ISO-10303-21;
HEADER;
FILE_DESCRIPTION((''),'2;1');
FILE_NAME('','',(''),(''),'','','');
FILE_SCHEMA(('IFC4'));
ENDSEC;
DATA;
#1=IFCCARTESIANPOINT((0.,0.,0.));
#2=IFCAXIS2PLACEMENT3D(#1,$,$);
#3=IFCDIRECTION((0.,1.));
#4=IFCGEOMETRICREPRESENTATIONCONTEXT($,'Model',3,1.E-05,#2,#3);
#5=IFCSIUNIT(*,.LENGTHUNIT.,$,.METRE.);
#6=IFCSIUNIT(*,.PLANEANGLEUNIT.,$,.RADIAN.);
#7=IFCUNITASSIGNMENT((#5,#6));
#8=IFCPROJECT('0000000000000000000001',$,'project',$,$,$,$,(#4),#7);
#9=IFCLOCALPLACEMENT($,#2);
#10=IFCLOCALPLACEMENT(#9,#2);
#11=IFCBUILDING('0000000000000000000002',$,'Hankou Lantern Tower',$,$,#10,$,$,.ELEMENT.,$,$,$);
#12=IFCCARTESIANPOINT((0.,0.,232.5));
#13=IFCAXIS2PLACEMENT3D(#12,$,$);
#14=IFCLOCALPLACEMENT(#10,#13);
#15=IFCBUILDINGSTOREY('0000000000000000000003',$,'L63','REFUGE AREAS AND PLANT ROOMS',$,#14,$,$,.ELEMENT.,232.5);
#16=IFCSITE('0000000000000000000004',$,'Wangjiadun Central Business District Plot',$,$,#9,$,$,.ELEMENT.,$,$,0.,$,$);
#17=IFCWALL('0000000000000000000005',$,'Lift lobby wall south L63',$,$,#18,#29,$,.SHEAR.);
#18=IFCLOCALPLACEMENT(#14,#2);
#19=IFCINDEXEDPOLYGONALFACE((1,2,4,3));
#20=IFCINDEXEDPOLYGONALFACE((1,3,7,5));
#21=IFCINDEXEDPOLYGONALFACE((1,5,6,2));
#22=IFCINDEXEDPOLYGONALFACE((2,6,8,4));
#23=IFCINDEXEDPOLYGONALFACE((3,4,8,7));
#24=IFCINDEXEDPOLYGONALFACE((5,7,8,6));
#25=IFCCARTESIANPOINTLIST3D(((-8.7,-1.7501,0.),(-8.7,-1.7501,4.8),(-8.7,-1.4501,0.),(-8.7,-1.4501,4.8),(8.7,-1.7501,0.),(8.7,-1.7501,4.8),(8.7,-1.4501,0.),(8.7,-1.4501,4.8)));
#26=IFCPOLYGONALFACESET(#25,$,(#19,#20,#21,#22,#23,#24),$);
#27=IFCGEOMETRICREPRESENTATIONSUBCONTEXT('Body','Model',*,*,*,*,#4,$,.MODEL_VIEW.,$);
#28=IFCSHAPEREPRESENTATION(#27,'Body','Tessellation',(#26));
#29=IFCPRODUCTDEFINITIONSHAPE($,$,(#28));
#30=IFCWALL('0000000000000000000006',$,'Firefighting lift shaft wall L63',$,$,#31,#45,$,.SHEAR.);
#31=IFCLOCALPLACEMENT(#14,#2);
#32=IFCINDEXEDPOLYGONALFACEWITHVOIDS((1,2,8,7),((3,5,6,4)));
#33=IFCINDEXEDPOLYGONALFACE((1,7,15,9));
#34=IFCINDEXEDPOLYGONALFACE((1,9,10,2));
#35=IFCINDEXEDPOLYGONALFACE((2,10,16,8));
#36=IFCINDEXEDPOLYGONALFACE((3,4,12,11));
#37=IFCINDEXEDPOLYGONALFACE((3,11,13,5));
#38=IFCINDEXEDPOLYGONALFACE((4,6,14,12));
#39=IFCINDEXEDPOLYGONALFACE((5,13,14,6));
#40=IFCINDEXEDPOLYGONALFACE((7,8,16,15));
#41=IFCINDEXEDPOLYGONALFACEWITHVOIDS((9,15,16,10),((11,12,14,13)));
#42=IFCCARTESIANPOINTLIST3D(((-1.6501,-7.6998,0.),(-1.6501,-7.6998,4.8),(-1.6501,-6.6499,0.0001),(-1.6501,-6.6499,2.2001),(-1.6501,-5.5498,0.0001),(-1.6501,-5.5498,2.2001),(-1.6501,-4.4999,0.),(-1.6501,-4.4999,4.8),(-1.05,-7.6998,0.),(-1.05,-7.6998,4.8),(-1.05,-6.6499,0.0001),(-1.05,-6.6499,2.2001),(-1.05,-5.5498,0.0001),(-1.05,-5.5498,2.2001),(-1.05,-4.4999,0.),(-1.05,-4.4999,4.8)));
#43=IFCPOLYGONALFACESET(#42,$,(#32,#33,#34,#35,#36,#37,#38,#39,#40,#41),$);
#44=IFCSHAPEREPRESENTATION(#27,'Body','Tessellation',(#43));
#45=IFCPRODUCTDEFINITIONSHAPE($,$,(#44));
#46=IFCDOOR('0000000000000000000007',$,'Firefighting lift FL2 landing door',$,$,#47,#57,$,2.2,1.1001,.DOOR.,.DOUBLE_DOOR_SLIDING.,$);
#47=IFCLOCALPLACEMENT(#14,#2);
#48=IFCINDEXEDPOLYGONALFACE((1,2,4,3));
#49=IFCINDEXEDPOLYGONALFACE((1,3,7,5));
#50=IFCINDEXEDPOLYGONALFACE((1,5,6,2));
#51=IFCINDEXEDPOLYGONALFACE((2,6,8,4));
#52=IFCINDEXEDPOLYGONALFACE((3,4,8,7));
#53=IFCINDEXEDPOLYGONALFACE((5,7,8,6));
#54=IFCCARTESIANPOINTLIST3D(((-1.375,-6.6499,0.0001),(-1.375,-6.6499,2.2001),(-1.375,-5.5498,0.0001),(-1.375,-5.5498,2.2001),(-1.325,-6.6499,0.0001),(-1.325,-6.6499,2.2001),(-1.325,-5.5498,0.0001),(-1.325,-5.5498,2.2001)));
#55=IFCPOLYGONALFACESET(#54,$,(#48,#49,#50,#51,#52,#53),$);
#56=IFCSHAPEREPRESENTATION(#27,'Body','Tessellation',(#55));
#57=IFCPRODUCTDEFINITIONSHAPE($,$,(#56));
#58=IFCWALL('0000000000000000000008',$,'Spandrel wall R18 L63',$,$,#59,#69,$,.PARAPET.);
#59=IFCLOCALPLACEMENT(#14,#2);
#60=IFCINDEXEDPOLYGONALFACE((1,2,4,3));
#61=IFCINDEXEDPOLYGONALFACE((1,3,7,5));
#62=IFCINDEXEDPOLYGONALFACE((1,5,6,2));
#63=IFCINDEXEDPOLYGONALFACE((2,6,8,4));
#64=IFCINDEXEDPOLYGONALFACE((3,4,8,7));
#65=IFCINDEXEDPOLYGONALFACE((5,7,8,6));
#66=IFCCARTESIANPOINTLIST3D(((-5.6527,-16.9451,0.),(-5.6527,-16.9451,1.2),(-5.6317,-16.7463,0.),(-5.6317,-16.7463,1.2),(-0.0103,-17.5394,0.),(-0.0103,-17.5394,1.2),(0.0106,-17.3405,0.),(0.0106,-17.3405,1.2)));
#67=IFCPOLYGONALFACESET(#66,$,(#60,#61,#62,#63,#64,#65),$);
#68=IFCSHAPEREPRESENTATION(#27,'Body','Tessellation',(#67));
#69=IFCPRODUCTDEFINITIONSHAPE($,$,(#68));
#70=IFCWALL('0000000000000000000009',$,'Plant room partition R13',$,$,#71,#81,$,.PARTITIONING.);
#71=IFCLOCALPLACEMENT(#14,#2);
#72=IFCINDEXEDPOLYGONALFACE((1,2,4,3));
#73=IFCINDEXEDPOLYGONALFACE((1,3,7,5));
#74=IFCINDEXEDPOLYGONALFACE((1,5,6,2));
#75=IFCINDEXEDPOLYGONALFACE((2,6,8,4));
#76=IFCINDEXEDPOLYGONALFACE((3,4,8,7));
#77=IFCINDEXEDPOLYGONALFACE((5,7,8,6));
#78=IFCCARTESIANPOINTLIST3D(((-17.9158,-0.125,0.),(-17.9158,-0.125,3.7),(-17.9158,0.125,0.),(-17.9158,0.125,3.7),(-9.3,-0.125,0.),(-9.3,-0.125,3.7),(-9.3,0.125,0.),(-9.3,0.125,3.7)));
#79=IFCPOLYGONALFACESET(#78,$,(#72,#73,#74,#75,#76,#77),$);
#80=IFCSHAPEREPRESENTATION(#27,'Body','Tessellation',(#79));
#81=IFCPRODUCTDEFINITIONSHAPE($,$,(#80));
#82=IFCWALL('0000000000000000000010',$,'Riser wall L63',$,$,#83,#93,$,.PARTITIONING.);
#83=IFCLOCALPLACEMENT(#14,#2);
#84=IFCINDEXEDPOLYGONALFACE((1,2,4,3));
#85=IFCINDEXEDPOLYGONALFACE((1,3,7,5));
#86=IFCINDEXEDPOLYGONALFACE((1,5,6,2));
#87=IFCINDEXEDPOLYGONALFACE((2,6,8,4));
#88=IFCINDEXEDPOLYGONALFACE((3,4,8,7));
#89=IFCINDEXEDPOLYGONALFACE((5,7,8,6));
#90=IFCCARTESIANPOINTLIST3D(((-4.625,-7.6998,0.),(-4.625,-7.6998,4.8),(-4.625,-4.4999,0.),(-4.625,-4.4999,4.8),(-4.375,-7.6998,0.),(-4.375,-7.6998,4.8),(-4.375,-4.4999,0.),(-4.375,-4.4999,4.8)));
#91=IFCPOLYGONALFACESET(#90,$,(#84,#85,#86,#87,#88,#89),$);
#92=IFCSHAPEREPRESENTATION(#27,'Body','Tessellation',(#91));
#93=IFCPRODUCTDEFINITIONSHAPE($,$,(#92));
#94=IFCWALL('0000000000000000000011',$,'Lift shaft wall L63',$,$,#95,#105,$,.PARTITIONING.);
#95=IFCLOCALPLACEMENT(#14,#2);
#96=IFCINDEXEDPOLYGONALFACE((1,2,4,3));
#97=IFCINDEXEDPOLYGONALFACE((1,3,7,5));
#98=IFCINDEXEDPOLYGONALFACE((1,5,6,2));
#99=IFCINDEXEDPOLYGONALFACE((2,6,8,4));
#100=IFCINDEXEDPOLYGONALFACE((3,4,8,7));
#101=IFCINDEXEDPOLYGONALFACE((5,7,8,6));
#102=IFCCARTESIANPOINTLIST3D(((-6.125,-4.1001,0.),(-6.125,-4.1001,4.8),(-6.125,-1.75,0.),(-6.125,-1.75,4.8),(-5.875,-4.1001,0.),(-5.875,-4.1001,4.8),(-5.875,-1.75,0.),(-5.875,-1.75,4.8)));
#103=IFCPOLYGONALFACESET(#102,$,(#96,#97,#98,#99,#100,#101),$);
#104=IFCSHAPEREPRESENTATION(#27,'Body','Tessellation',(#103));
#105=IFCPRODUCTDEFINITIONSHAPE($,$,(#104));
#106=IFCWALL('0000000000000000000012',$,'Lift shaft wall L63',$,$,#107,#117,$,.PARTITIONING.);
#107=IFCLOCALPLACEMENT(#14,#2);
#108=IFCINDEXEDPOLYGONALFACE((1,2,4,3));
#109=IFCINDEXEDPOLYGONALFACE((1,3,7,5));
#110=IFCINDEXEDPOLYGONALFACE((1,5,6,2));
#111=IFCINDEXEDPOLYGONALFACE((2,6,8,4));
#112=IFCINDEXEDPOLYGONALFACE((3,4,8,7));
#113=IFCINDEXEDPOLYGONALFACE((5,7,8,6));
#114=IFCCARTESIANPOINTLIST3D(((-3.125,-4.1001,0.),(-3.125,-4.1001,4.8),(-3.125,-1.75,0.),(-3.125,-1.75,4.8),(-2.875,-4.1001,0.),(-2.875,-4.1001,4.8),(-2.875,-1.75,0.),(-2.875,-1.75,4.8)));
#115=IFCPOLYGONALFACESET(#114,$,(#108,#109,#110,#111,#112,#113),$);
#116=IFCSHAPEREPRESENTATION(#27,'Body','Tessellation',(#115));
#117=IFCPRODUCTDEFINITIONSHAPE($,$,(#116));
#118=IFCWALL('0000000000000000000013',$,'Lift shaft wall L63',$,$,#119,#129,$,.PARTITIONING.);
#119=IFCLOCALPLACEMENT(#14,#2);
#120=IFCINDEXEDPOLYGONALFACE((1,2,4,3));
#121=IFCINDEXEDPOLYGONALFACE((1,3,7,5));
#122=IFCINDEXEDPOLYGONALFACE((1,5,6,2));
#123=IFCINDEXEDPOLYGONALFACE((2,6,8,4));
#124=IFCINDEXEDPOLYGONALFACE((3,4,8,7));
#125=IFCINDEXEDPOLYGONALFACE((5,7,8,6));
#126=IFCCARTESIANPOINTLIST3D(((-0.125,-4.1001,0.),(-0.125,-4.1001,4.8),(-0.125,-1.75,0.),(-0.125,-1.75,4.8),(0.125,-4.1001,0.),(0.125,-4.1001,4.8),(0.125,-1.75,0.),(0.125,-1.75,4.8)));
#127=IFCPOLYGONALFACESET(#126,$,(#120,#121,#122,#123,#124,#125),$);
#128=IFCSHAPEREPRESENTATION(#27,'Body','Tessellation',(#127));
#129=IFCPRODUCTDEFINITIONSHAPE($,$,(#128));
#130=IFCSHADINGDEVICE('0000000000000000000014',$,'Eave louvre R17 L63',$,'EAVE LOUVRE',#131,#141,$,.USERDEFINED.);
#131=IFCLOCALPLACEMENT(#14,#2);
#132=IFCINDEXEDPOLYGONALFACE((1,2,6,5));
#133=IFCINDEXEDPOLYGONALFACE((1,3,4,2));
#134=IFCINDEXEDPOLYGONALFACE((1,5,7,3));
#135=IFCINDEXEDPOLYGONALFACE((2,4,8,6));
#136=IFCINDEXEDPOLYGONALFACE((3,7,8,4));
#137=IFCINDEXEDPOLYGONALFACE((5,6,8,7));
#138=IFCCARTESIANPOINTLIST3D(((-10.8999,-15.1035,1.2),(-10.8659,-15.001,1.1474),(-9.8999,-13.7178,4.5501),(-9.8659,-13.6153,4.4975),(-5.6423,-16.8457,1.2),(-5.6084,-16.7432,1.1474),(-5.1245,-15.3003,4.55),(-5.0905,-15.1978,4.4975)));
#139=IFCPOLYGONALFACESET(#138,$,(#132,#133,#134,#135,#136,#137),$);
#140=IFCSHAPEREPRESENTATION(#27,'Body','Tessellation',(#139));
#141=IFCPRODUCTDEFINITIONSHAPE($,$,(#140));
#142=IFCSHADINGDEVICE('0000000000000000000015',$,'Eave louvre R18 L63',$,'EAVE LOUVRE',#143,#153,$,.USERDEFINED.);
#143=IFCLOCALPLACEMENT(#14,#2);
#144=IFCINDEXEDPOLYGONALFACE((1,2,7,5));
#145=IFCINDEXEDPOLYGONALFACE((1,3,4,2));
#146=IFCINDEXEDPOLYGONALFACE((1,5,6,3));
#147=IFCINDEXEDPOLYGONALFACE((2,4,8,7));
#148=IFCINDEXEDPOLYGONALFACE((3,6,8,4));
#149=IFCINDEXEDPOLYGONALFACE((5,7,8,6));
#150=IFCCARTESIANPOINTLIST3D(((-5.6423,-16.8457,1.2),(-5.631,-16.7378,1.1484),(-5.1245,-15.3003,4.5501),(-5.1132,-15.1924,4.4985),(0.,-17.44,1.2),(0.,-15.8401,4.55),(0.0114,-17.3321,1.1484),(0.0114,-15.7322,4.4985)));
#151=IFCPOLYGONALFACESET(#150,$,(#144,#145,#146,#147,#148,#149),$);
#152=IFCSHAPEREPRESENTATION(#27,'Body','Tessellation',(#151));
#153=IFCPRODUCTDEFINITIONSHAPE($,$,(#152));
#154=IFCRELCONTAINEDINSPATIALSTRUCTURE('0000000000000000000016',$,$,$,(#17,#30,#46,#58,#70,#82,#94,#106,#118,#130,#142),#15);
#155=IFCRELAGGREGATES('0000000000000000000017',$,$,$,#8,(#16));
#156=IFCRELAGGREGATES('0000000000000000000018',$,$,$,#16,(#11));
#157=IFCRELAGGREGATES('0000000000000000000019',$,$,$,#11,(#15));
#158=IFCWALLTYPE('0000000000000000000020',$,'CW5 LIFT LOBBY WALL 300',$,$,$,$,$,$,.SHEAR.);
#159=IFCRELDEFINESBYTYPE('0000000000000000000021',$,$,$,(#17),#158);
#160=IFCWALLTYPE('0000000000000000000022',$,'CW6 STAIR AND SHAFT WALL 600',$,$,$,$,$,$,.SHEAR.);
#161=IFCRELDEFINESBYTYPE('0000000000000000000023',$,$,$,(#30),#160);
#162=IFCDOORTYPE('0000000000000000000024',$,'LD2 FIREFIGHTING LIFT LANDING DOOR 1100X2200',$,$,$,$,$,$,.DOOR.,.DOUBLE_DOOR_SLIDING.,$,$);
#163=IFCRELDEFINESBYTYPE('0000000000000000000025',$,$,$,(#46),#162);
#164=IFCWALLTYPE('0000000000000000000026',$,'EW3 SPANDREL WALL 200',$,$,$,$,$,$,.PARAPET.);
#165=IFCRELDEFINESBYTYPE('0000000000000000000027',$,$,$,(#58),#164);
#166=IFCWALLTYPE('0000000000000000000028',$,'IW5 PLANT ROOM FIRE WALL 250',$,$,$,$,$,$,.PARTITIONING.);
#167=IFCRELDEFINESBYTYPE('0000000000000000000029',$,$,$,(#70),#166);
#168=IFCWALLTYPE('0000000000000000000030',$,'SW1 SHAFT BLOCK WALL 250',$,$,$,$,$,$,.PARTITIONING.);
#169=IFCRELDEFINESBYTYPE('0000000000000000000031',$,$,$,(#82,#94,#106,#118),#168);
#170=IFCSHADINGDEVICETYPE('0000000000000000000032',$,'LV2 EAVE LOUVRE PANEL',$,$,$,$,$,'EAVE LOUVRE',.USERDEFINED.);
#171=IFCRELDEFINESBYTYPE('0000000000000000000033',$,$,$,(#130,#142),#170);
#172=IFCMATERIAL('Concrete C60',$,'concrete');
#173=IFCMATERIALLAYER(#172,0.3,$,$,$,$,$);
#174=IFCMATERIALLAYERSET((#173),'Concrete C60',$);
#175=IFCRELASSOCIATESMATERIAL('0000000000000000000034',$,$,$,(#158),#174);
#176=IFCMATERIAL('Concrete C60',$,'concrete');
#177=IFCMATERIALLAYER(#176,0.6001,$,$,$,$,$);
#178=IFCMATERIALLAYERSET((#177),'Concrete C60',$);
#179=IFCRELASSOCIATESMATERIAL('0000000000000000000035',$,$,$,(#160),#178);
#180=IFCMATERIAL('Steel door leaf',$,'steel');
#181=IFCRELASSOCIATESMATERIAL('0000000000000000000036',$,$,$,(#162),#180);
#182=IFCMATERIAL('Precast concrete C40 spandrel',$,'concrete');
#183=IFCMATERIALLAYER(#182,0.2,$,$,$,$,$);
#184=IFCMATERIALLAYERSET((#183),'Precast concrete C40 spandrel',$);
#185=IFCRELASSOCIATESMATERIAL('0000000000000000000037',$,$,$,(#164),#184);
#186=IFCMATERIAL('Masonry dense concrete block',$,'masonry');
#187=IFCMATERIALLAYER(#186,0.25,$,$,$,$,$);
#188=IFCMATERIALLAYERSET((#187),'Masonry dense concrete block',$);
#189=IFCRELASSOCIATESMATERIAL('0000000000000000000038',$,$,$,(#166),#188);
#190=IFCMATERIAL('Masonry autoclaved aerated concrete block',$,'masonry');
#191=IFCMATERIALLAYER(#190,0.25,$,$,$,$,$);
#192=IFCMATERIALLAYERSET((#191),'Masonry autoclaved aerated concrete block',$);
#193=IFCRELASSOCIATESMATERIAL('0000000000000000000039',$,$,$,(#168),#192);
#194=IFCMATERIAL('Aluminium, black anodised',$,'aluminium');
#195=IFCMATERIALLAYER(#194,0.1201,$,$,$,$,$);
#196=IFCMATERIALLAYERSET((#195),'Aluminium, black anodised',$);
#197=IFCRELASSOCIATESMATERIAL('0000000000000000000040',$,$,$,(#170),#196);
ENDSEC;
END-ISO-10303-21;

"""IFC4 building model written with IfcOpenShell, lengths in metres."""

from ifc_helpers import new_model, si_unit, direction, frame, frame_2d, origin, place, context, subcontext, project, spatial, polyline, rectangle, outline, extrude, material, layer, layer_set, type_object, element, fill, save


model = new_model("IFC4")

# Units and contexts
model_context = context("Model", 3, precision=1e-05, world=origin(), true_north=direction((0.0, 1.0)))
body_context = subcontext(model_context, "Body", "Model", "MODEL_VIEW")
ifc_project = project(units=[si_unit("LENGTHUNIT", "METRE"), si_unit("PLANEANGLEUNIT", "RADIAN")], contexts=[model_context])

# Site, building, storey
site_placement = place(None, origin())
site = spatial("IfcSite", under=ifc_project, at=site_placement, Name="Wangjiadun Central Business District Plot", CompositionType="ELEMENT", RefElevation=0.0)
building_placement = place(site_placement, origin())
building = spatial("IfcBuilding", under=site, at=building_placement, Name="Hankou Lantern Tower", CompositionType="ELEMENT")
storey_placement = place(building_placement, frame((0.0, 0.0, 232.5)))
storey = spatial("IfcBuildingStorey", under=building, at=storey_placement, Name="L63", Description="REFUGE AREAS AND PLANT ROOMS", CompositionType="ELEMENT", Elevation=232.5)

# Wall
ifc_material_1 = material(Name="Concrete C60", Category="concrete")
ifc_layer_1 = layer(ifc_material_1, 0.3)
ifc_layer_set_1 = layer_set([ifc_layer_1], Name="Concrete C60")
wall_type_1 = type_object("IfcWallType", Name="CW5 LIFT LOBBY WALL 300", PredefinedType="SHEAR", material=ifc_layer_set_1)
wall_1_placement = place(storey_placement, frame((-8.7, -1.6001, 0.0), z_axis=(0.0, 0.0, 1.0), x_axis=(1.0, 0.0, 0.0)))
element("IfcWall", 1, at=wall_1_placement, inside=storey, type_object=wall_type_1, Name="Lift lobby wall south L63", PredefinedType="SHEAR", context=body_context, shape_type="SweptSolid", body=[
    extrude(rectangle(XDim=17.3999, YDim=0.3, at=frame_2d((8.7, 0.0))), origin(), (0.0, 0.0, 1.0), 4.8),
])

# Wall, opening, door
ifc_material_2 = material(Name="Concrete C60", Category="concrete")
ifc_layer_2 = layer(ifc_material_2, 0.6001)
ifc_layer_set_2 = layer_set([ifc_layer_2], Name="Concrete C60")
wall_type_2 = type_object("IfcWallType", Name="CW6 STAIR AND SHAFT WALL 600", PredefinedType="SHEAR", material=ifc_layer_set_2)
wall_2_placement = place(storey_placement, frame((-1.3501, -7.7, 0.0), z_axis=(0.0, 0.0, 1.0), x_axis=(0.0, 1.0, 0.0)))
wall_2 = element("IfcWall", 2, at=wall_2_placement, inside=storey, type_object=wall_type_2, Name="Firefighting lift shaft wall L63", PredefinedType="SHEAR", context=body_context, shape_type="SweptSolid", body=[
    extrude(rectangle(XDim=3.2, YDim=0.6001, at=frame_2d((1.6001, 0.0))), origin(), (0.0, 0.0, 1.0), 4.8),
])
opening_1_placement = place(wall_2_placement, frame((1.05, 0.0, 0.0)))
opening_1 = element("IfcOpeningElement", 3, at=opening_1_placement, cuts=wall_2, PredefinedType="OPENING", context=body_context, shape_type="SweptSolid", body=[
    extrude(rectangle(XDim=1.1001, YDim=2.2, at=frame_2d((0.55, 1.1001))), frame((0.0, 0.3101, 0.0), z_axis=(0.0, -1.0, 0.0), x_axis=(1.0, 0.0, 0.0)), (0.0, 0.0, 1.0), 0.6201),
])
ifc_material_3 = material(Name="Steel door leaf", Category="steel")
door_type_1 = type_object("IfcDoorType", Name="LD2 FIREFIGHTING LIFT LANDING DOOR 1100X2200", OperationType="DOUBLE_DOOR_SLIDING", PredefinedType="DOOR", material=ifc_material_3)
door_1_placement = place(opening_1_placement, origin())
door_1 = element("IfcDoor", 4, at=door_1_placement, inside=storey, type_object=door_type_1, Name="Firefighting lift FL2 landing door", OperationType="DOUBLE_DOOR_SLIDING", OverallHeight=2.2, OverallWidth=1.1001, PredefinedType="DOOR", context=body_context, shape_type="SweptSolid", body=[
    extrude(rectangle(XDim=1.1001, YDim=2.2, at=frame_2d((0.55, 1.1001))), frame((0.0, 0.0249, 0.0), z_axis=(0.0, -1.0, 0.0), x_axis=(1.0, 0.0, 0.0)), (0.0, 0.0, 1.0), 0.05),
])
fill(opening_1, door_1)

# Wall
ifc_material_4 = material(Name="Precast concrete C40 spandrel", Category="concrete")
ifc_layer_3 = layer(ifc_material_4, 0.2)
ifc_layer_set_3 = layer_set([ifc_layer_3], Name="Precast concrete C40 spandrel")
wall_type_3 = type_object("IfcWallType", Name="EW3 SPANDREL WALL 200", PredefinedType="PARAPET", material=ifc_layer_set_3)
wall_3_placement = place(storey_placement, frame((-5.6423, -16.8457, 0.0), z_axis=(0.0, 0.0, 1.0), x_axis=(0.9945, -0.104739, 0.0)))
element("IfcWall", 5, at=wall_3_placement, inside=storey, type_object=wall_type_3, Name="Spandrel wall R18 L63", PredefinedType="PARAPET", context=body_context, shape_type="SweptSolid", body=[
    extrude(rectangle(XDim=5.6736, YDim=0.2, at=frame_2d((2.8369, 0.0))), origin(), (0.0, 0.0, 1.0), 1.2),
])

# Shared definitions
ifc_material_5 = material(Name="Masonry dense concrete block", Category="masonry")
ifc_layer_4 = layer(ifc_material_5, 0.25)
ifc_layer_set_4 = layer_set([ifc_layer_4], Name="Masonry dense concrete block")
wall_type_4 = type_object("IfcWallType", Name="IW5 PLANT ROOM FIRE WALL 250", PredefinedType="PARTITIONING", material=ifc_layer_set_4)

# Walls
wall_4_placement = place(storey_placement, frame((-9.3, 0.0, 0.0), z_axis=(0.0, 0.0, 1.0), x_axis=(-1.0, 0.0, 0.0)))
element("IfcWall", 6, at=wall_4_placement, inside=storey, type_object=wall_type_4, Name="Plant room partition R13", PredefinedType="PARTITIONING", context=body_context, shape_type="SweptSolid", body=[
    extrude(rectangle(XDim=8.6157, YDim=0.25, at=frame_2d((4.3079, 0.0))), origin(), (0.0, 0.0, 1.0), 3.7),
])
ifc_material_6 = material(Name="Masonry autoclaved aerated concrete block", Category="masonry")
ifc_layer_5 = layer(ifc_material_6, 0.25)
ifc_layer_set_5 = layer_set([ifc_layer_5], Name="Masonry autoclaved aerated concrete block")
wall_type_5 = type_object("IfcWallType", Name="SW1 SHAFT BLOCK WALL 250", PredefinedType="PARTITIONING", material=ifc_layer_set_5)
wall_5_placement = place(storey_placement, frame((-4.5, -7.7, 0.0), z_axis=(0.0, 0.0, 1.0), x_axis=(0.0, 1.0, 0.0)))
element("IfcWall", 7, at=wall_5_placement, inside=storey, type_object=wall_type_5, Name="Riser wall L63", PredefinedType="PARTITIONING", context=body_context, shape_type="SweptSolid", body=[
    extrude(rectangle(XDim=3.2, YDim=0.25, at=frame_2d((1.6001, 0.0))), origin(), (0.0, 0.0, 1.0), 4.8),
])
for number, where, z_axis, x_axis, name in (
    (8, (-6.0, -4.1001, 0.0), (0.0, 0.0, 1.0), (0.0, 1.0, 0.0), "Lift shaft wall L63"),
    (9, (-3.0, -4.1001, 0.0), (0.0, 0.0, 1.0), (0.0, 1.0, 0.0), "Lift shaft wall L63"),
    (10, (0.0, -4.1001, 0.0), (0.0, 0.0, 1.0), (0.0, 1.0, 0.0), "Lift shaft wall L63"),
):
    element("IfcWall", number, at=place(storey_placement, frame(where, z_axis=z_axis, x_axis=x_axis)), inside=storey, type_object=wall_type_5, Name=name, PredefinedType="PARTITIONING", context=body_context, shape_type="SweptSolid", body=[
        extrude(rectangle(XDim=2.3501, YDim=0.25, at=frame_2d((1.175, 0.0))), origin(), (0.0, 0.0, 1.0), 4.8),
    ])

# Shading devices
ifc_material_7 = material(Name="Aluminium, black anodised", Category="aluminium")
ifc_layer_6 = layer(ifc_material_7, 0.1201)
ifc_layer_set_6 = layer_set([ifc_layer_6], Name="Aluminium, black anodised")
shading_device_type = type_object("IfcShadingDeviceType", Name="LV2 EAVE LOUVRE PANEL", ElementType="EAVE LOUVRE", PredefinedType="USERDEFINED", material=ifc_layer_set_6)
shading_device_1_placement = place(storey_placement, frame((-10.8999, -15.1035, 1.2), z_axis=(-0.282857, -0.853576, 0.437493), x_axis=(0.949239, -0.314555, 0.000004)))
element("IfcShadingDevice", 11, at=shading_device_1_placement, inside=storey, type_object=shading_device_type, Name="Eave louvre R17 L63", ObjectType="EAVE LOUVRE", PredefinedType="USERDEFINED", context=body_context, shape_type="SweptSolid", body=[
    extrude(outline(polyline([(0.0, 0.0), (5.5387, 0.0), (5.5441, 3.7255), (0.5134, 3.7256), (0.0, 0.0)])), origin(), (0.0, 0.0, -1.0), 0.1201),
])
shading_device_2_placement = place(storey_placement, frame((-5.6423, -16.8457, 1.2), z_axis=(-0.094618, -0.898329, 0.429014), x_axis=(0.994499, -0.104745, 0.000003)))
element("IfcShadingDevice", 12, at=shading_device_2_placement, inside=storey, type_object=shading_device_type, Name="Eave louvre R18 L63", ObjectType="EAVE LOUVRE", PredefinedType="USERDEFINED", context=body_context, shape_type="SweptSolid", body=[
    extrude(outline(polyline([(0.0, 0.0), (5.6735, 0.0), (5.506, 3.7087), (0.3531, 3.7088), (0.0, 0.0)])), origin(), (0.0, 0.0, -1.0), 0.1201),
])

save(model, "model.ifc")
